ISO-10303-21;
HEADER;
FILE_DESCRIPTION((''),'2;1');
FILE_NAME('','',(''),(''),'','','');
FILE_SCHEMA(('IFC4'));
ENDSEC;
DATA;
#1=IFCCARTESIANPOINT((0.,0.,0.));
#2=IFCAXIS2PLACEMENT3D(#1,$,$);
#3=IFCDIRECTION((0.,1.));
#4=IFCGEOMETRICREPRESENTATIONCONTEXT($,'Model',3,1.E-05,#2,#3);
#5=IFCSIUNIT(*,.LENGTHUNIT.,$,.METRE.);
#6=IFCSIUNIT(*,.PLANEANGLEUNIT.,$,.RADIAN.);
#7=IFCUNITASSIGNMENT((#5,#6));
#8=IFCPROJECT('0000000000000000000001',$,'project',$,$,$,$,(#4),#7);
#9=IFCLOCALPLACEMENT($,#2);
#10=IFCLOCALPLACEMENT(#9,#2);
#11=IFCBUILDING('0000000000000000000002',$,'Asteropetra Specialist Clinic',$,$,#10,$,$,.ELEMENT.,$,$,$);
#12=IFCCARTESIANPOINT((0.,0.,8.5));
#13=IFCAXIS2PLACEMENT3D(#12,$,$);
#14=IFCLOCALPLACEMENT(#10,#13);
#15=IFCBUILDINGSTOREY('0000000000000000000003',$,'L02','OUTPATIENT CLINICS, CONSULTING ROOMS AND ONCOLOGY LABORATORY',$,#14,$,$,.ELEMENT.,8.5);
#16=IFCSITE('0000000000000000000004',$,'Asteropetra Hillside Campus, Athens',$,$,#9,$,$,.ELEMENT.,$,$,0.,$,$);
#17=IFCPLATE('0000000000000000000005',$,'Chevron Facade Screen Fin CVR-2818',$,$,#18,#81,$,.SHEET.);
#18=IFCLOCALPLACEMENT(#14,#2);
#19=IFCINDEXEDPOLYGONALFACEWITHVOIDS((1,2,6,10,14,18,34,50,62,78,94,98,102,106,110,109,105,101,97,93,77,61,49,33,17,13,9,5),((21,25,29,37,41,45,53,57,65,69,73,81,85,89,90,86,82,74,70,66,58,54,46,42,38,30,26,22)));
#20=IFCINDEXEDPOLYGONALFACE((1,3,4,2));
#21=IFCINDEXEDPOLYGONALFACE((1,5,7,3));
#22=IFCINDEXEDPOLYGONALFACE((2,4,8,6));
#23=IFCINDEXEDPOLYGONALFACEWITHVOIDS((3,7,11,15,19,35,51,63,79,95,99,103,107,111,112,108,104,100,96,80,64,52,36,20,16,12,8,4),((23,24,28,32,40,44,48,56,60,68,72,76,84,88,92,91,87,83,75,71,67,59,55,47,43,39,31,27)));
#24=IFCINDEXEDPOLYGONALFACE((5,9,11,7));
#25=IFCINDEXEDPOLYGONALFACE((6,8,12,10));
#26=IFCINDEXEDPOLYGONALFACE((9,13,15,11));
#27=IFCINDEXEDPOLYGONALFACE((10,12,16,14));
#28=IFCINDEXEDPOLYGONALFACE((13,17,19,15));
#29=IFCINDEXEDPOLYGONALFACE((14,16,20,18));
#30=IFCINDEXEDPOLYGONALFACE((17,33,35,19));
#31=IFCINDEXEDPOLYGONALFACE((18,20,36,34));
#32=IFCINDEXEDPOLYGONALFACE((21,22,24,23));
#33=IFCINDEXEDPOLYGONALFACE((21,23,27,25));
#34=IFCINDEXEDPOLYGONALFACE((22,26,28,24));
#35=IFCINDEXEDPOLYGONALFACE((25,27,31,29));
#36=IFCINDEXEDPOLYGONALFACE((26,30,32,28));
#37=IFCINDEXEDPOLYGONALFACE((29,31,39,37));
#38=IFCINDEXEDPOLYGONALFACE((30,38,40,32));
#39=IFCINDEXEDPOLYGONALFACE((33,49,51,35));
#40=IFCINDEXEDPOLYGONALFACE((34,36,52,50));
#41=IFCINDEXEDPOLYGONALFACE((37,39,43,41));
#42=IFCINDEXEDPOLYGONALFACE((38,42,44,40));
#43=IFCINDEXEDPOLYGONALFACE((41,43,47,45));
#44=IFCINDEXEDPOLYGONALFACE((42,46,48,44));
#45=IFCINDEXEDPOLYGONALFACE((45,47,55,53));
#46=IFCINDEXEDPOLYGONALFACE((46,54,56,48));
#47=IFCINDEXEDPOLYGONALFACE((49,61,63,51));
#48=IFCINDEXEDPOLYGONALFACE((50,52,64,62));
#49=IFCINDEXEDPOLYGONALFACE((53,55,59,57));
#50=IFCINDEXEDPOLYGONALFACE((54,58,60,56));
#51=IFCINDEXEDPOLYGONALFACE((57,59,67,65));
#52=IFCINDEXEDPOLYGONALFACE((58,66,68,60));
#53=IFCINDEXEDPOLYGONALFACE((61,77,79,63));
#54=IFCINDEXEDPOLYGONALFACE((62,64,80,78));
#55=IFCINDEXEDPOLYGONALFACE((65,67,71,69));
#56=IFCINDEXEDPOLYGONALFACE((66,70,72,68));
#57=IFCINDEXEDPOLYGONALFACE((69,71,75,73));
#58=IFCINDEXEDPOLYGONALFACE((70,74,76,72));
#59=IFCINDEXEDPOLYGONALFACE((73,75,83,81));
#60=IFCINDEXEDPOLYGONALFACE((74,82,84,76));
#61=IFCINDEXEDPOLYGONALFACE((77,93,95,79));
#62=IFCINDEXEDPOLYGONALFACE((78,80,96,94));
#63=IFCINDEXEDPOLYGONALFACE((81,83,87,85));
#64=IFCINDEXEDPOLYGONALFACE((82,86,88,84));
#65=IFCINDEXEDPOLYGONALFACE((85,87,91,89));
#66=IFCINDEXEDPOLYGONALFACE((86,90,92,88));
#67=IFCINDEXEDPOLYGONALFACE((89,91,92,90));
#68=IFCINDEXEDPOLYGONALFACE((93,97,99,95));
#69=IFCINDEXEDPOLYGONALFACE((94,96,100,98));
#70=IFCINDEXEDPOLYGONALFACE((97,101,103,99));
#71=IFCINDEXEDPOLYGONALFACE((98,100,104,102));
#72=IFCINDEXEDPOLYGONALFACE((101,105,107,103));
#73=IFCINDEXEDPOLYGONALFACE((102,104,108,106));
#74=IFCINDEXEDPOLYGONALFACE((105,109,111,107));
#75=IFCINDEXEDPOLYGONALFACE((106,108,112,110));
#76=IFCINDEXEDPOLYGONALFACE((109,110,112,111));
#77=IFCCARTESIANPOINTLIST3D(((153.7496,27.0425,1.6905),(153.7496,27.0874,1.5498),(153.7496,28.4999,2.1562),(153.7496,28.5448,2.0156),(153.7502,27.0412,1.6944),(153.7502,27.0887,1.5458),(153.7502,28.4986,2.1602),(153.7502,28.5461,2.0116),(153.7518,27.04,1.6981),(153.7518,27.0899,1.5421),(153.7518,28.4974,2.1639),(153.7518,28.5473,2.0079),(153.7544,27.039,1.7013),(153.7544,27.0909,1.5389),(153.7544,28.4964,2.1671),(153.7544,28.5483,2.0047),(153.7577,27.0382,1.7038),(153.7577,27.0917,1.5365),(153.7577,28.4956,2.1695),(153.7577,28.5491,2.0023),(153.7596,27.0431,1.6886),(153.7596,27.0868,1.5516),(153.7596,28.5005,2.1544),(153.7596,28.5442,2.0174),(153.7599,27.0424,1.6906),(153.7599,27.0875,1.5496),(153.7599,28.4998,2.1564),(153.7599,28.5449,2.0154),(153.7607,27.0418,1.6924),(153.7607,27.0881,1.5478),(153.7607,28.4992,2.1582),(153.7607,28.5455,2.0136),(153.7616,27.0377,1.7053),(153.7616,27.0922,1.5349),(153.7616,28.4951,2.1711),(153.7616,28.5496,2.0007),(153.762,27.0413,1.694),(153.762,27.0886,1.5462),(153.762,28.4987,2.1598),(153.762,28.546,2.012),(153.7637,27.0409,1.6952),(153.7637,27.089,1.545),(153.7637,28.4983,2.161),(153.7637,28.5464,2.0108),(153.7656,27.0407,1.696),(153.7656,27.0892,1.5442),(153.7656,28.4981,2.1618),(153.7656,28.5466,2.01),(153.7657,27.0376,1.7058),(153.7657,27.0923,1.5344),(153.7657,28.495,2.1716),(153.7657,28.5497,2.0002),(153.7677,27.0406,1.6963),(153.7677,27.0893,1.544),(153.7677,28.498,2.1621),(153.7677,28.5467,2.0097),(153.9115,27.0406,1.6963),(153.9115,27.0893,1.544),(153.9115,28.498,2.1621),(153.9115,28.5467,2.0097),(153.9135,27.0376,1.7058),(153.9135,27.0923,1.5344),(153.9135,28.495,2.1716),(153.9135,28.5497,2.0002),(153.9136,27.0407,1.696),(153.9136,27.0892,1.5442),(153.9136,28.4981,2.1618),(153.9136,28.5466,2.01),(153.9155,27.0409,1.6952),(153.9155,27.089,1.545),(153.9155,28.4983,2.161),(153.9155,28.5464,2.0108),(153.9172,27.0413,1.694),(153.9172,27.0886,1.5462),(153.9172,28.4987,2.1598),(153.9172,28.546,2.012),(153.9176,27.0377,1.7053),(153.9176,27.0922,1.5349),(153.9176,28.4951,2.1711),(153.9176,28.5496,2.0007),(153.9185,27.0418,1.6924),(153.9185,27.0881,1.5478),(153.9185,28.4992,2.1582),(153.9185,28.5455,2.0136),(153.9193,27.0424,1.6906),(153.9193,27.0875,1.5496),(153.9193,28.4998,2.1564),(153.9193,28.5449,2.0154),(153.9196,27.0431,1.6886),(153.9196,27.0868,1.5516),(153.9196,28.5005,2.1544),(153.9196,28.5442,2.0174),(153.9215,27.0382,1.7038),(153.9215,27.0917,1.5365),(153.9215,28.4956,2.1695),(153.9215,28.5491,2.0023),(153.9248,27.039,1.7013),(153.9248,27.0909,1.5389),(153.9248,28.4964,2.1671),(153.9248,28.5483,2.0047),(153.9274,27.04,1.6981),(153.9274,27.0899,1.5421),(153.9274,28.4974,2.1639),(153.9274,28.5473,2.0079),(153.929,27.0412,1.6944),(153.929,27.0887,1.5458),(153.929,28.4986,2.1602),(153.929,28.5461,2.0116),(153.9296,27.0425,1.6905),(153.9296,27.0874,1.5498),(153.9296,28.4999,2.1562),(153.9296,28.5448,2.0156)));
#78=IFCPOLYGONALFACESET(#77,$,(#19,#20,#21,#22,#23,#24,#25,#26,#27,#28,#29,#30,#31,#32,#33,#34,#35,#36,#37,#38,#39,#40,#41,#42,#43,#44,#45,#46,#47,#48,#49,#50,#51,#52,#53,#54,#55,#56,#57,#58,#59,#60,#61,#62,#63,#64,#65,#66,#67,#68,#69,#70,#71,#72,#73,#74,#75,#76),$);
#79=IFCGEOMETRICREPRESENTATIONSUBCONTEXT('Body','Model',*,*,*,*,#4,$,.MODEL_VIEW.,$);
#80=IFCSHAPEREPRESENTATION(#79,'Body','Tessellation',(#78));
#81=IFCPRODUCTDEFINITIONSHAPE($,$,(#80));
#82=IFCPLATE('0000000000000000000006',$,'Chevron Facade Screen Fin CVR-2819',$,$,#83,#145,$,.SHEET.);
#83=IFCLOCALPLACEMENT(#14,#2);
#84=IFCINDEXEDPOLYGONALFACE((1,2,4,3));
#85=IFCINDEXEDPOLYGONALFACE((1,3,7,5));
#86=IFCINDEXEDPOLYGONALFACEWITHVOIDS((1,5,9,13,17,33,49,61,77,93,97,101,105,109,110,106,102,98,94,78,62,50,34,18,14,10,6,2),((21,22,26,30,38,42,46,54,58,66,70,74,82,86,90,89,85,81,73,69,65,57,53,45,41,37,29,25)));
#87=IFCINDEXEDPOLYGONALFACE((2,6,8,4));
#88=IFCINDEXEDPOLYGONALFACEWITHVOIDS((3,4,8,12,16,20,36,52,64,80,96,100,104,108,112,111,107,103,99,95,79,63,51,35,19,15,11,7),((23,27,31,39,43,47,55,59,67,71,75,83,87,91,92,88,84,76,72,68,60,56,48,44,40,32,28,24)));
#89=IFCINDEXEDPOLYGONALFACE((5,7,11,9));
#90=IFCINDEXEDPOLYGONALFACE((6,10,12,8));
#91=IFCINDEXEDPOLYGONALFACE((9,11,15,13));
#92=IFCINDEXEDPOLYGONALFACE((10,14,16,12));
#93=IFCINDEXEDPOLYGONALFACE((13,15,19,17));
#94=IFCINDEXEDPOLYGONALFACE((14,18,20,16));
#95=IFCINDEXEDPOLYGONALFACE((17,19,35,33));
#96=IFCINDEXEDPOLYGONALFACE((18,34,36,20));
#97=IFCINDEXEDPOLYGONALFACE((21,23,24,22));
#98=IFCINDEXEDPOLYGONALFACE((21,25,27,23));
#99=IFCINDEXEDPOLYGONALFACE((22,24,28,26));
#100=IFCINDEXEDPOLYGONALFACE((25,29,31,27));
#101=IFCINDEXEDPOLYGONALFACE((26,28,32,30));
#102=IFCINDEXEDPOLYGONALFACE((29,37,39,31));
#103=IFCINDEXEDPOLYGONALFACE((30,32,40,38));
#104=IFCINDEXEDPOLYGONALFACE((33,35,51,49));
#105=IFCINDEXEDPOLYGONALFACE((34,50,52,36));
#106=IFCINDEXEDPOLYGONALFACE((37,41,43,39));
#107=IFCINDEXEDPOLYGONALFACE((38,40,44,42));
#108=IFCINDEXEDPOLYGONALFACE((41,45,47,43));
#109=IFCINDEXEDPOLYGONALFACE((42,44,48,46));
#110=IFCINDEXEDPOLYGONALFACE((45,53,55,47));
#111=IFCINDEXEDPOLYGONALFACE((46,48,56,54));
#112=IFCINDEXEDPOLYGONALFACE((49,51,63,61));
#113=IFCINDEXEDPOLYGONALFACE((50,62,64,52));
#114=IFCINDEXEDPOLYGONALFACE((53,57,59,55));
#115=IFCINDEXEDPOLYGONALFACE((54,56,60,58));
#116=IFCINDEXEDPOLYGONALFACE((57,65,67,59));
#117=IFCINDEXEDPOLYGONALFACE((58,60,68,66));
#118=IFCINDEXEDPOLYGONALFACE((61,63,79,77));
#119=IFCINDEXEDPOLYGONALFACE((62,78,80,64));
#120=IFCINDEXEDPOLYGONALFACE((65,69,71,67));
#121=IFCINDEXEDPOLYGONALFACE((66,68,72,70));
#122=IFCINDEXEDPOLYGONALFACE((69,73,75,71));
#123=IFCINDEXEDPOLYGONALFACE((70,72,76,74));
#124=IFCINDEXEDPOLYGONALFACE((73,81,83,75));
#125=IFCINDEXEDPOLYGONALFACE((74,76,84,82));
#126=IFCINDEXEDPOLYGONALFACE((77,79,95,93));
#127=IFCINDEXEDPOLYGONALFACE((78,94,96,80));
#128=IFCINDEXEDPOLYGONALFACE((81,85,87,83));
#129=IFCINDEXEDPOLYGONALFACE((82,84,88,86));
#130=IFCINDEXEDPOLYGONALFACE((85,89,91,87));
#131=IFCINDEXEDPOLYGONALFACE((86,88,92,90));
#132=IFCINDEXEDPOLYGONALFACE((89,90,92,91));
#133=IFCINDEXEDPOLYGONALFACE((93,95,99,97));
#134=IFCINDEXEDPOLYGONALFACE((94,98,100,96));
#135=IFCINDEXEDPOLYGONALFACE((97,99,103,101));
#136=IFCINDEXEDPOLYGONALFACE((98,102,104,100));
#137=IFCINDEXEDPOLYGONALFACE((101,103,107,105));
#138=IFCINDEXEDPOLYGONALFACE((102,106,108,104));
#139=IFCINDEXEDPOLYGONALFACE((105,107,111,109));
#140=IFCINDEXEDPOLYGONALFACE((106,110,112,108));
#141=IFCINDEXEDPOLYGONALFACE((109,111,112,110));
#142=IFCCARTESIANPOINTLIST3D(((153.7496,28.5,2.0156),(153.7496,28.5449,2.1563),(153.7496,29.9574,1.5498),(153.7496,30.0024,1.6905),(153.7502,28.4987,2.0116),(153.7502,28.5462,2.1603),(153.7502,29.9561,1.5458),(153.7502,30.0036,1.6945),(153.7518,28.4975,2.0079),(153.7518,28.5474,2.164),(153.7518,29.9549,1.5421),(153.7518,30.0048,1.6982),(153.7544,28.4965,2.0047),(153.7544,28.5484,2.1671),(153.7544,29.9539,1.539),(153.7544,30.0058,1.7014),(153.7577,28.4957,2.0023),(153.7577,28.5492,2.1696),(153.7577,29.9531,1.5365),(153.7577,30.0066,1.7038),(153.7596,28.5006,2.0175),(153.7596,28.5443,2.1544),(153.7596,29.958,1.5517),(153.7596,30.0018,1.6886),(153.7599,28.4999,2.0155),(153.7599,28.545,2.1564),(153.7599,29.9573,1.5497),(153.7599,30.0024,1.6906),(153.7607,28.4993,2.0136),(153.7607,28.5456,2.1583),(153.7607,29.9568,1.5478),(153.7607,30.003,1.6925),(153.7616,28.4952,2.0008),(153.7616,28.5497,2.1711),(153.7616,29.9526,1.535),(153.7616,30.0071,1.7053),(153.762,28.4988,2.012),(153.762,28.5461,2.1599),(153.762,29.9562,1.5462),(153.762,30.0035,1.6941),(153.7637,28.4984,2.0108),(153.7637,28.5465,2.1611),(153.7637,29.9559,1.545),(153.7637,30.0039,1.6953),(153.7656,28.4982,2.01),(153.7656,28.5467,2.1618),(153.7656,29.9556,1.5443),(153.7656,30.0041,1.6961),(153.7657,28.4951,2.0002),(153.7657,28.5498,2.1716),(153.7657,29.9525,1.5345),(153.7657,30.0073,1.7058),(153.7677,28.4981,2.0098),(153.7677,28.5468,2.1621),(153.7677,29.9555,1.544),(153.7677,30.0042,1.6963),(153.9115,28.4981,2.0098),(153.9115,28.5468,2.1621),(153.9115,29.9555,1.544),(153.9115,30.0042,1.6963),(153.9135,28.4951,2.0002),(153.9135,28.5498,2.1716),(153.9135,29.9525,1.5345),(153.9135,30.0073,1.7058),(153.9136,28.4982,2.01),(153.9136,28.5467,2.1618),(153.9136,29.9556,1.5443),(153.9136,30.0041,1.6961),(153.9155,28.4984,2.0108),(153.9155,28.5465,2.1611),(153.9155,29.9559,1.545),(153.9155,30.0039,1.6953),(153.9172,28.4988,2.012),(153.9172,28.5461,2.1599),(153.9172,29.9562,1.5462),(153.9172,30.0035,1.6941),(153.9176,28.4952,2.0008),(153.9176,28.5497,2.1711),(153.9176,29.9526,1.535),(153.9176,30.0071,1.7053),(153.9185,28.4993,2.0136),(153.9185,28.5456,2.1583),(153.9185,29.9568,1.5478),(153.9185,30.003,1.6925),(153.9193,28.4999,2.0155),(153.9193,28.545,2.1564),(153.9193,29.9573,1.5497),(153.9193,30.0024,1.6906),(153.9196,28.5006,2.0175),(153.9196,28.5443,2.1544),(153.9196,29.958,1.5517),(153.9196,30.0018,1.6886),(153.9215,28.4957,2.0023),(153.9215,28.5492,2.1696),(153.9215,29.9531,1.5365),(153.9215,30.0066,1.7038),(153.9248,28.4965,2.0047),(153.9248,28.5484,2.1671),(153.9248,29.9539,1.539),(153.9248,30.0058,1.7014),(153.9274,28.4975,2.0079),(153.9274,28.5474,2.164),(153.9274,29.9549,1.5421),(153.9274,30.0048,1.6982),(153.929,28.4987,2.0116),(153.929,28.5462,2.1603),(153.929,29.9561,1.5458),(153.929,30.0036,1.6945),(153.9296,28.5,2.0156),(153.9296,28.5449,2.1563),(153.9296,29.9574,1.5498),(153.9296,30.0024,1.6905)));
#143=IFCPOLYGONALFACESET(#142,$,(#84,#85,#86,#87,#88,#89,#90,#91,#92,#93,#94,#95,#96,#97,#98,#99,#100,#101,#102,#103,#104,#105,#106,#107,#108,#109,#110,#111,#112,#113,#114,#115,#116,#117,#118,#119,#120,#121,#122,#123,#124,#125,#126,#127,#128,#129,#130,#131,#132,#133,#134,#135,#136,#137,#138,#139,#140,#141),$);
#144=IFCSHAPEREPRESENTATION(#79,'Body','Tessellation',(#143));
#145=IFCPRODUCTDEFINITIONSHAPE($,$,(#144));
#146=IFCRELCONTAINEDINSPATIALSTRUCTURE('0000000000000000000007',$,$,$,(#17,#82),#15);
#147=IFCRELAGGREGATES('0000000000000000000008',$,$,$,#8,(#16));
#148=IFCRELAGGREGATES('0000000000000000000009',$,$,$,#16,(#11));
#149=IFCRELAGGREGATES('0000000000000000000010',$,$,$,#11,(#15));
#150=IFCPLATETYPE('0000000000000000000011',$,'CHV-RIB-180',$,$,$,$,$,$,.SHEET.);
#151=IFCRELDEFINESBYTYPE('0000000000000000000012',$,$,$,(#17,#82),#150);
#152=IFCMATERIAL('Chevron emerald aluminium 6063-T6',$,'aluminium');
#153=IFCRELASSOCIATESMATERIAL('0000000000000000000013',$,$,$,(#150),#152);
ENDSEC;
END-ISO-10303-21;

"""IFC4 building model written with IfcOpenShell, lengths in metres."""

from ifc_helpers import new_model, si_unit, direction, frame, origin, origin_2d, place, context, subcontext, project, spatial, hollow_rectangle, extrude, material, material_profile, profile_set, type_object, element, save


model = new_model("IFC4")

# Units and contexts
model_context = context("Model", 3, precision=1e-05, world=origin(), true_north=direction((0.0, 1.0)))
body_context = subcontext(model_context, "Body", "Model", "MODEL_VIEW")
ifc_project = project(units=[si_unit("LENGTHUNIT", "METRE"), si_unit("PLANEANGLEUNIT", "RADIAN")], contexts=[model_context])

# Site, building, storey
site_placement = place(None, origin())
site = spatial("IfcSite", under=ifc_project, at=site_placement, Name="Asteropetra Hillside Campus, Athens", CompositionType="ELEMENT", RefElevation=0.0)
building_placement = place(site_placement, origin())
building = spatial("IfcBuilding", under=site, at=building_placement, Name="Asteropetra Specialist Clinic", CompositionType="ELEMENT")
storey_placement = place(building_placement, frame((0.0, 0.0, 8.5)))
storey = spatial("IfcBuildingStorey", under=building, at=storey_placement, Name="L02", Description="OUTPATIENT CLINICS, CONSULTING ROOMS AND ONCOLOGY LABORATORY", CompositionType="ELEMENT", Elevation=8.5)

# Plates
ifc_material_1 = material(Name="Chevron emerald aluminium 6063-T6", Category="aluminium")
ifc_material_profile_1 = material_profile(ifc_material_1, hollow_rectangle(XDim=0.1799, YDim=0.1799, WallThickness=0.01, InnerFilletRadius=0.0081, OuterFilletRadius=0.0161, at=origin_2d()), Name="SHS 180x180x10.0")
ifc_profile_set_1 = profile_set([ifc_material_profile_1], Name="Chevron emerald aluminium 6063-T6")
plate_type = type_object("IfcPlateType", Name="CHV-RIB-180", PredefinedType="SHEET", material=ifc_profile_set_1)
for number, where, z_axis, x_axis, name in (
    (1, (153.8396, 27.0649, 1.6201), (0.0, 0.952535, 0.304428), (-1.0, 0.0, 0.0), "Chevron Facade Screen Fin CVR-2818"),
    (2, (153.8396, 28.5225, 2.0859), (0.0, 0.952535, -0.304428), (-1.0, 0.0, 0.0), "Chevron Facade Screen Fin CVR-2819"),
):
    element("IfcPlate", number, at=place(storey_placement, frame(where, z_axis=z_axis, x_axis=x_axis)), inside=storey, type_object=plate_type, Name=name, PredefinedType="SHEET", context=body_context, shape_type="SweptSolid", body=[
        extrude(hollow_rectangle(XDim=0.1799, YDim=0.1799, WallThickness=0.01, InnerFilletRadius=0.0081, OuterFilletRadius=0.0161, at=origin_2d()), origin(), (0.0, 0.0, 1.0), 1.53),
    ])

save(model, "model.ifc")
